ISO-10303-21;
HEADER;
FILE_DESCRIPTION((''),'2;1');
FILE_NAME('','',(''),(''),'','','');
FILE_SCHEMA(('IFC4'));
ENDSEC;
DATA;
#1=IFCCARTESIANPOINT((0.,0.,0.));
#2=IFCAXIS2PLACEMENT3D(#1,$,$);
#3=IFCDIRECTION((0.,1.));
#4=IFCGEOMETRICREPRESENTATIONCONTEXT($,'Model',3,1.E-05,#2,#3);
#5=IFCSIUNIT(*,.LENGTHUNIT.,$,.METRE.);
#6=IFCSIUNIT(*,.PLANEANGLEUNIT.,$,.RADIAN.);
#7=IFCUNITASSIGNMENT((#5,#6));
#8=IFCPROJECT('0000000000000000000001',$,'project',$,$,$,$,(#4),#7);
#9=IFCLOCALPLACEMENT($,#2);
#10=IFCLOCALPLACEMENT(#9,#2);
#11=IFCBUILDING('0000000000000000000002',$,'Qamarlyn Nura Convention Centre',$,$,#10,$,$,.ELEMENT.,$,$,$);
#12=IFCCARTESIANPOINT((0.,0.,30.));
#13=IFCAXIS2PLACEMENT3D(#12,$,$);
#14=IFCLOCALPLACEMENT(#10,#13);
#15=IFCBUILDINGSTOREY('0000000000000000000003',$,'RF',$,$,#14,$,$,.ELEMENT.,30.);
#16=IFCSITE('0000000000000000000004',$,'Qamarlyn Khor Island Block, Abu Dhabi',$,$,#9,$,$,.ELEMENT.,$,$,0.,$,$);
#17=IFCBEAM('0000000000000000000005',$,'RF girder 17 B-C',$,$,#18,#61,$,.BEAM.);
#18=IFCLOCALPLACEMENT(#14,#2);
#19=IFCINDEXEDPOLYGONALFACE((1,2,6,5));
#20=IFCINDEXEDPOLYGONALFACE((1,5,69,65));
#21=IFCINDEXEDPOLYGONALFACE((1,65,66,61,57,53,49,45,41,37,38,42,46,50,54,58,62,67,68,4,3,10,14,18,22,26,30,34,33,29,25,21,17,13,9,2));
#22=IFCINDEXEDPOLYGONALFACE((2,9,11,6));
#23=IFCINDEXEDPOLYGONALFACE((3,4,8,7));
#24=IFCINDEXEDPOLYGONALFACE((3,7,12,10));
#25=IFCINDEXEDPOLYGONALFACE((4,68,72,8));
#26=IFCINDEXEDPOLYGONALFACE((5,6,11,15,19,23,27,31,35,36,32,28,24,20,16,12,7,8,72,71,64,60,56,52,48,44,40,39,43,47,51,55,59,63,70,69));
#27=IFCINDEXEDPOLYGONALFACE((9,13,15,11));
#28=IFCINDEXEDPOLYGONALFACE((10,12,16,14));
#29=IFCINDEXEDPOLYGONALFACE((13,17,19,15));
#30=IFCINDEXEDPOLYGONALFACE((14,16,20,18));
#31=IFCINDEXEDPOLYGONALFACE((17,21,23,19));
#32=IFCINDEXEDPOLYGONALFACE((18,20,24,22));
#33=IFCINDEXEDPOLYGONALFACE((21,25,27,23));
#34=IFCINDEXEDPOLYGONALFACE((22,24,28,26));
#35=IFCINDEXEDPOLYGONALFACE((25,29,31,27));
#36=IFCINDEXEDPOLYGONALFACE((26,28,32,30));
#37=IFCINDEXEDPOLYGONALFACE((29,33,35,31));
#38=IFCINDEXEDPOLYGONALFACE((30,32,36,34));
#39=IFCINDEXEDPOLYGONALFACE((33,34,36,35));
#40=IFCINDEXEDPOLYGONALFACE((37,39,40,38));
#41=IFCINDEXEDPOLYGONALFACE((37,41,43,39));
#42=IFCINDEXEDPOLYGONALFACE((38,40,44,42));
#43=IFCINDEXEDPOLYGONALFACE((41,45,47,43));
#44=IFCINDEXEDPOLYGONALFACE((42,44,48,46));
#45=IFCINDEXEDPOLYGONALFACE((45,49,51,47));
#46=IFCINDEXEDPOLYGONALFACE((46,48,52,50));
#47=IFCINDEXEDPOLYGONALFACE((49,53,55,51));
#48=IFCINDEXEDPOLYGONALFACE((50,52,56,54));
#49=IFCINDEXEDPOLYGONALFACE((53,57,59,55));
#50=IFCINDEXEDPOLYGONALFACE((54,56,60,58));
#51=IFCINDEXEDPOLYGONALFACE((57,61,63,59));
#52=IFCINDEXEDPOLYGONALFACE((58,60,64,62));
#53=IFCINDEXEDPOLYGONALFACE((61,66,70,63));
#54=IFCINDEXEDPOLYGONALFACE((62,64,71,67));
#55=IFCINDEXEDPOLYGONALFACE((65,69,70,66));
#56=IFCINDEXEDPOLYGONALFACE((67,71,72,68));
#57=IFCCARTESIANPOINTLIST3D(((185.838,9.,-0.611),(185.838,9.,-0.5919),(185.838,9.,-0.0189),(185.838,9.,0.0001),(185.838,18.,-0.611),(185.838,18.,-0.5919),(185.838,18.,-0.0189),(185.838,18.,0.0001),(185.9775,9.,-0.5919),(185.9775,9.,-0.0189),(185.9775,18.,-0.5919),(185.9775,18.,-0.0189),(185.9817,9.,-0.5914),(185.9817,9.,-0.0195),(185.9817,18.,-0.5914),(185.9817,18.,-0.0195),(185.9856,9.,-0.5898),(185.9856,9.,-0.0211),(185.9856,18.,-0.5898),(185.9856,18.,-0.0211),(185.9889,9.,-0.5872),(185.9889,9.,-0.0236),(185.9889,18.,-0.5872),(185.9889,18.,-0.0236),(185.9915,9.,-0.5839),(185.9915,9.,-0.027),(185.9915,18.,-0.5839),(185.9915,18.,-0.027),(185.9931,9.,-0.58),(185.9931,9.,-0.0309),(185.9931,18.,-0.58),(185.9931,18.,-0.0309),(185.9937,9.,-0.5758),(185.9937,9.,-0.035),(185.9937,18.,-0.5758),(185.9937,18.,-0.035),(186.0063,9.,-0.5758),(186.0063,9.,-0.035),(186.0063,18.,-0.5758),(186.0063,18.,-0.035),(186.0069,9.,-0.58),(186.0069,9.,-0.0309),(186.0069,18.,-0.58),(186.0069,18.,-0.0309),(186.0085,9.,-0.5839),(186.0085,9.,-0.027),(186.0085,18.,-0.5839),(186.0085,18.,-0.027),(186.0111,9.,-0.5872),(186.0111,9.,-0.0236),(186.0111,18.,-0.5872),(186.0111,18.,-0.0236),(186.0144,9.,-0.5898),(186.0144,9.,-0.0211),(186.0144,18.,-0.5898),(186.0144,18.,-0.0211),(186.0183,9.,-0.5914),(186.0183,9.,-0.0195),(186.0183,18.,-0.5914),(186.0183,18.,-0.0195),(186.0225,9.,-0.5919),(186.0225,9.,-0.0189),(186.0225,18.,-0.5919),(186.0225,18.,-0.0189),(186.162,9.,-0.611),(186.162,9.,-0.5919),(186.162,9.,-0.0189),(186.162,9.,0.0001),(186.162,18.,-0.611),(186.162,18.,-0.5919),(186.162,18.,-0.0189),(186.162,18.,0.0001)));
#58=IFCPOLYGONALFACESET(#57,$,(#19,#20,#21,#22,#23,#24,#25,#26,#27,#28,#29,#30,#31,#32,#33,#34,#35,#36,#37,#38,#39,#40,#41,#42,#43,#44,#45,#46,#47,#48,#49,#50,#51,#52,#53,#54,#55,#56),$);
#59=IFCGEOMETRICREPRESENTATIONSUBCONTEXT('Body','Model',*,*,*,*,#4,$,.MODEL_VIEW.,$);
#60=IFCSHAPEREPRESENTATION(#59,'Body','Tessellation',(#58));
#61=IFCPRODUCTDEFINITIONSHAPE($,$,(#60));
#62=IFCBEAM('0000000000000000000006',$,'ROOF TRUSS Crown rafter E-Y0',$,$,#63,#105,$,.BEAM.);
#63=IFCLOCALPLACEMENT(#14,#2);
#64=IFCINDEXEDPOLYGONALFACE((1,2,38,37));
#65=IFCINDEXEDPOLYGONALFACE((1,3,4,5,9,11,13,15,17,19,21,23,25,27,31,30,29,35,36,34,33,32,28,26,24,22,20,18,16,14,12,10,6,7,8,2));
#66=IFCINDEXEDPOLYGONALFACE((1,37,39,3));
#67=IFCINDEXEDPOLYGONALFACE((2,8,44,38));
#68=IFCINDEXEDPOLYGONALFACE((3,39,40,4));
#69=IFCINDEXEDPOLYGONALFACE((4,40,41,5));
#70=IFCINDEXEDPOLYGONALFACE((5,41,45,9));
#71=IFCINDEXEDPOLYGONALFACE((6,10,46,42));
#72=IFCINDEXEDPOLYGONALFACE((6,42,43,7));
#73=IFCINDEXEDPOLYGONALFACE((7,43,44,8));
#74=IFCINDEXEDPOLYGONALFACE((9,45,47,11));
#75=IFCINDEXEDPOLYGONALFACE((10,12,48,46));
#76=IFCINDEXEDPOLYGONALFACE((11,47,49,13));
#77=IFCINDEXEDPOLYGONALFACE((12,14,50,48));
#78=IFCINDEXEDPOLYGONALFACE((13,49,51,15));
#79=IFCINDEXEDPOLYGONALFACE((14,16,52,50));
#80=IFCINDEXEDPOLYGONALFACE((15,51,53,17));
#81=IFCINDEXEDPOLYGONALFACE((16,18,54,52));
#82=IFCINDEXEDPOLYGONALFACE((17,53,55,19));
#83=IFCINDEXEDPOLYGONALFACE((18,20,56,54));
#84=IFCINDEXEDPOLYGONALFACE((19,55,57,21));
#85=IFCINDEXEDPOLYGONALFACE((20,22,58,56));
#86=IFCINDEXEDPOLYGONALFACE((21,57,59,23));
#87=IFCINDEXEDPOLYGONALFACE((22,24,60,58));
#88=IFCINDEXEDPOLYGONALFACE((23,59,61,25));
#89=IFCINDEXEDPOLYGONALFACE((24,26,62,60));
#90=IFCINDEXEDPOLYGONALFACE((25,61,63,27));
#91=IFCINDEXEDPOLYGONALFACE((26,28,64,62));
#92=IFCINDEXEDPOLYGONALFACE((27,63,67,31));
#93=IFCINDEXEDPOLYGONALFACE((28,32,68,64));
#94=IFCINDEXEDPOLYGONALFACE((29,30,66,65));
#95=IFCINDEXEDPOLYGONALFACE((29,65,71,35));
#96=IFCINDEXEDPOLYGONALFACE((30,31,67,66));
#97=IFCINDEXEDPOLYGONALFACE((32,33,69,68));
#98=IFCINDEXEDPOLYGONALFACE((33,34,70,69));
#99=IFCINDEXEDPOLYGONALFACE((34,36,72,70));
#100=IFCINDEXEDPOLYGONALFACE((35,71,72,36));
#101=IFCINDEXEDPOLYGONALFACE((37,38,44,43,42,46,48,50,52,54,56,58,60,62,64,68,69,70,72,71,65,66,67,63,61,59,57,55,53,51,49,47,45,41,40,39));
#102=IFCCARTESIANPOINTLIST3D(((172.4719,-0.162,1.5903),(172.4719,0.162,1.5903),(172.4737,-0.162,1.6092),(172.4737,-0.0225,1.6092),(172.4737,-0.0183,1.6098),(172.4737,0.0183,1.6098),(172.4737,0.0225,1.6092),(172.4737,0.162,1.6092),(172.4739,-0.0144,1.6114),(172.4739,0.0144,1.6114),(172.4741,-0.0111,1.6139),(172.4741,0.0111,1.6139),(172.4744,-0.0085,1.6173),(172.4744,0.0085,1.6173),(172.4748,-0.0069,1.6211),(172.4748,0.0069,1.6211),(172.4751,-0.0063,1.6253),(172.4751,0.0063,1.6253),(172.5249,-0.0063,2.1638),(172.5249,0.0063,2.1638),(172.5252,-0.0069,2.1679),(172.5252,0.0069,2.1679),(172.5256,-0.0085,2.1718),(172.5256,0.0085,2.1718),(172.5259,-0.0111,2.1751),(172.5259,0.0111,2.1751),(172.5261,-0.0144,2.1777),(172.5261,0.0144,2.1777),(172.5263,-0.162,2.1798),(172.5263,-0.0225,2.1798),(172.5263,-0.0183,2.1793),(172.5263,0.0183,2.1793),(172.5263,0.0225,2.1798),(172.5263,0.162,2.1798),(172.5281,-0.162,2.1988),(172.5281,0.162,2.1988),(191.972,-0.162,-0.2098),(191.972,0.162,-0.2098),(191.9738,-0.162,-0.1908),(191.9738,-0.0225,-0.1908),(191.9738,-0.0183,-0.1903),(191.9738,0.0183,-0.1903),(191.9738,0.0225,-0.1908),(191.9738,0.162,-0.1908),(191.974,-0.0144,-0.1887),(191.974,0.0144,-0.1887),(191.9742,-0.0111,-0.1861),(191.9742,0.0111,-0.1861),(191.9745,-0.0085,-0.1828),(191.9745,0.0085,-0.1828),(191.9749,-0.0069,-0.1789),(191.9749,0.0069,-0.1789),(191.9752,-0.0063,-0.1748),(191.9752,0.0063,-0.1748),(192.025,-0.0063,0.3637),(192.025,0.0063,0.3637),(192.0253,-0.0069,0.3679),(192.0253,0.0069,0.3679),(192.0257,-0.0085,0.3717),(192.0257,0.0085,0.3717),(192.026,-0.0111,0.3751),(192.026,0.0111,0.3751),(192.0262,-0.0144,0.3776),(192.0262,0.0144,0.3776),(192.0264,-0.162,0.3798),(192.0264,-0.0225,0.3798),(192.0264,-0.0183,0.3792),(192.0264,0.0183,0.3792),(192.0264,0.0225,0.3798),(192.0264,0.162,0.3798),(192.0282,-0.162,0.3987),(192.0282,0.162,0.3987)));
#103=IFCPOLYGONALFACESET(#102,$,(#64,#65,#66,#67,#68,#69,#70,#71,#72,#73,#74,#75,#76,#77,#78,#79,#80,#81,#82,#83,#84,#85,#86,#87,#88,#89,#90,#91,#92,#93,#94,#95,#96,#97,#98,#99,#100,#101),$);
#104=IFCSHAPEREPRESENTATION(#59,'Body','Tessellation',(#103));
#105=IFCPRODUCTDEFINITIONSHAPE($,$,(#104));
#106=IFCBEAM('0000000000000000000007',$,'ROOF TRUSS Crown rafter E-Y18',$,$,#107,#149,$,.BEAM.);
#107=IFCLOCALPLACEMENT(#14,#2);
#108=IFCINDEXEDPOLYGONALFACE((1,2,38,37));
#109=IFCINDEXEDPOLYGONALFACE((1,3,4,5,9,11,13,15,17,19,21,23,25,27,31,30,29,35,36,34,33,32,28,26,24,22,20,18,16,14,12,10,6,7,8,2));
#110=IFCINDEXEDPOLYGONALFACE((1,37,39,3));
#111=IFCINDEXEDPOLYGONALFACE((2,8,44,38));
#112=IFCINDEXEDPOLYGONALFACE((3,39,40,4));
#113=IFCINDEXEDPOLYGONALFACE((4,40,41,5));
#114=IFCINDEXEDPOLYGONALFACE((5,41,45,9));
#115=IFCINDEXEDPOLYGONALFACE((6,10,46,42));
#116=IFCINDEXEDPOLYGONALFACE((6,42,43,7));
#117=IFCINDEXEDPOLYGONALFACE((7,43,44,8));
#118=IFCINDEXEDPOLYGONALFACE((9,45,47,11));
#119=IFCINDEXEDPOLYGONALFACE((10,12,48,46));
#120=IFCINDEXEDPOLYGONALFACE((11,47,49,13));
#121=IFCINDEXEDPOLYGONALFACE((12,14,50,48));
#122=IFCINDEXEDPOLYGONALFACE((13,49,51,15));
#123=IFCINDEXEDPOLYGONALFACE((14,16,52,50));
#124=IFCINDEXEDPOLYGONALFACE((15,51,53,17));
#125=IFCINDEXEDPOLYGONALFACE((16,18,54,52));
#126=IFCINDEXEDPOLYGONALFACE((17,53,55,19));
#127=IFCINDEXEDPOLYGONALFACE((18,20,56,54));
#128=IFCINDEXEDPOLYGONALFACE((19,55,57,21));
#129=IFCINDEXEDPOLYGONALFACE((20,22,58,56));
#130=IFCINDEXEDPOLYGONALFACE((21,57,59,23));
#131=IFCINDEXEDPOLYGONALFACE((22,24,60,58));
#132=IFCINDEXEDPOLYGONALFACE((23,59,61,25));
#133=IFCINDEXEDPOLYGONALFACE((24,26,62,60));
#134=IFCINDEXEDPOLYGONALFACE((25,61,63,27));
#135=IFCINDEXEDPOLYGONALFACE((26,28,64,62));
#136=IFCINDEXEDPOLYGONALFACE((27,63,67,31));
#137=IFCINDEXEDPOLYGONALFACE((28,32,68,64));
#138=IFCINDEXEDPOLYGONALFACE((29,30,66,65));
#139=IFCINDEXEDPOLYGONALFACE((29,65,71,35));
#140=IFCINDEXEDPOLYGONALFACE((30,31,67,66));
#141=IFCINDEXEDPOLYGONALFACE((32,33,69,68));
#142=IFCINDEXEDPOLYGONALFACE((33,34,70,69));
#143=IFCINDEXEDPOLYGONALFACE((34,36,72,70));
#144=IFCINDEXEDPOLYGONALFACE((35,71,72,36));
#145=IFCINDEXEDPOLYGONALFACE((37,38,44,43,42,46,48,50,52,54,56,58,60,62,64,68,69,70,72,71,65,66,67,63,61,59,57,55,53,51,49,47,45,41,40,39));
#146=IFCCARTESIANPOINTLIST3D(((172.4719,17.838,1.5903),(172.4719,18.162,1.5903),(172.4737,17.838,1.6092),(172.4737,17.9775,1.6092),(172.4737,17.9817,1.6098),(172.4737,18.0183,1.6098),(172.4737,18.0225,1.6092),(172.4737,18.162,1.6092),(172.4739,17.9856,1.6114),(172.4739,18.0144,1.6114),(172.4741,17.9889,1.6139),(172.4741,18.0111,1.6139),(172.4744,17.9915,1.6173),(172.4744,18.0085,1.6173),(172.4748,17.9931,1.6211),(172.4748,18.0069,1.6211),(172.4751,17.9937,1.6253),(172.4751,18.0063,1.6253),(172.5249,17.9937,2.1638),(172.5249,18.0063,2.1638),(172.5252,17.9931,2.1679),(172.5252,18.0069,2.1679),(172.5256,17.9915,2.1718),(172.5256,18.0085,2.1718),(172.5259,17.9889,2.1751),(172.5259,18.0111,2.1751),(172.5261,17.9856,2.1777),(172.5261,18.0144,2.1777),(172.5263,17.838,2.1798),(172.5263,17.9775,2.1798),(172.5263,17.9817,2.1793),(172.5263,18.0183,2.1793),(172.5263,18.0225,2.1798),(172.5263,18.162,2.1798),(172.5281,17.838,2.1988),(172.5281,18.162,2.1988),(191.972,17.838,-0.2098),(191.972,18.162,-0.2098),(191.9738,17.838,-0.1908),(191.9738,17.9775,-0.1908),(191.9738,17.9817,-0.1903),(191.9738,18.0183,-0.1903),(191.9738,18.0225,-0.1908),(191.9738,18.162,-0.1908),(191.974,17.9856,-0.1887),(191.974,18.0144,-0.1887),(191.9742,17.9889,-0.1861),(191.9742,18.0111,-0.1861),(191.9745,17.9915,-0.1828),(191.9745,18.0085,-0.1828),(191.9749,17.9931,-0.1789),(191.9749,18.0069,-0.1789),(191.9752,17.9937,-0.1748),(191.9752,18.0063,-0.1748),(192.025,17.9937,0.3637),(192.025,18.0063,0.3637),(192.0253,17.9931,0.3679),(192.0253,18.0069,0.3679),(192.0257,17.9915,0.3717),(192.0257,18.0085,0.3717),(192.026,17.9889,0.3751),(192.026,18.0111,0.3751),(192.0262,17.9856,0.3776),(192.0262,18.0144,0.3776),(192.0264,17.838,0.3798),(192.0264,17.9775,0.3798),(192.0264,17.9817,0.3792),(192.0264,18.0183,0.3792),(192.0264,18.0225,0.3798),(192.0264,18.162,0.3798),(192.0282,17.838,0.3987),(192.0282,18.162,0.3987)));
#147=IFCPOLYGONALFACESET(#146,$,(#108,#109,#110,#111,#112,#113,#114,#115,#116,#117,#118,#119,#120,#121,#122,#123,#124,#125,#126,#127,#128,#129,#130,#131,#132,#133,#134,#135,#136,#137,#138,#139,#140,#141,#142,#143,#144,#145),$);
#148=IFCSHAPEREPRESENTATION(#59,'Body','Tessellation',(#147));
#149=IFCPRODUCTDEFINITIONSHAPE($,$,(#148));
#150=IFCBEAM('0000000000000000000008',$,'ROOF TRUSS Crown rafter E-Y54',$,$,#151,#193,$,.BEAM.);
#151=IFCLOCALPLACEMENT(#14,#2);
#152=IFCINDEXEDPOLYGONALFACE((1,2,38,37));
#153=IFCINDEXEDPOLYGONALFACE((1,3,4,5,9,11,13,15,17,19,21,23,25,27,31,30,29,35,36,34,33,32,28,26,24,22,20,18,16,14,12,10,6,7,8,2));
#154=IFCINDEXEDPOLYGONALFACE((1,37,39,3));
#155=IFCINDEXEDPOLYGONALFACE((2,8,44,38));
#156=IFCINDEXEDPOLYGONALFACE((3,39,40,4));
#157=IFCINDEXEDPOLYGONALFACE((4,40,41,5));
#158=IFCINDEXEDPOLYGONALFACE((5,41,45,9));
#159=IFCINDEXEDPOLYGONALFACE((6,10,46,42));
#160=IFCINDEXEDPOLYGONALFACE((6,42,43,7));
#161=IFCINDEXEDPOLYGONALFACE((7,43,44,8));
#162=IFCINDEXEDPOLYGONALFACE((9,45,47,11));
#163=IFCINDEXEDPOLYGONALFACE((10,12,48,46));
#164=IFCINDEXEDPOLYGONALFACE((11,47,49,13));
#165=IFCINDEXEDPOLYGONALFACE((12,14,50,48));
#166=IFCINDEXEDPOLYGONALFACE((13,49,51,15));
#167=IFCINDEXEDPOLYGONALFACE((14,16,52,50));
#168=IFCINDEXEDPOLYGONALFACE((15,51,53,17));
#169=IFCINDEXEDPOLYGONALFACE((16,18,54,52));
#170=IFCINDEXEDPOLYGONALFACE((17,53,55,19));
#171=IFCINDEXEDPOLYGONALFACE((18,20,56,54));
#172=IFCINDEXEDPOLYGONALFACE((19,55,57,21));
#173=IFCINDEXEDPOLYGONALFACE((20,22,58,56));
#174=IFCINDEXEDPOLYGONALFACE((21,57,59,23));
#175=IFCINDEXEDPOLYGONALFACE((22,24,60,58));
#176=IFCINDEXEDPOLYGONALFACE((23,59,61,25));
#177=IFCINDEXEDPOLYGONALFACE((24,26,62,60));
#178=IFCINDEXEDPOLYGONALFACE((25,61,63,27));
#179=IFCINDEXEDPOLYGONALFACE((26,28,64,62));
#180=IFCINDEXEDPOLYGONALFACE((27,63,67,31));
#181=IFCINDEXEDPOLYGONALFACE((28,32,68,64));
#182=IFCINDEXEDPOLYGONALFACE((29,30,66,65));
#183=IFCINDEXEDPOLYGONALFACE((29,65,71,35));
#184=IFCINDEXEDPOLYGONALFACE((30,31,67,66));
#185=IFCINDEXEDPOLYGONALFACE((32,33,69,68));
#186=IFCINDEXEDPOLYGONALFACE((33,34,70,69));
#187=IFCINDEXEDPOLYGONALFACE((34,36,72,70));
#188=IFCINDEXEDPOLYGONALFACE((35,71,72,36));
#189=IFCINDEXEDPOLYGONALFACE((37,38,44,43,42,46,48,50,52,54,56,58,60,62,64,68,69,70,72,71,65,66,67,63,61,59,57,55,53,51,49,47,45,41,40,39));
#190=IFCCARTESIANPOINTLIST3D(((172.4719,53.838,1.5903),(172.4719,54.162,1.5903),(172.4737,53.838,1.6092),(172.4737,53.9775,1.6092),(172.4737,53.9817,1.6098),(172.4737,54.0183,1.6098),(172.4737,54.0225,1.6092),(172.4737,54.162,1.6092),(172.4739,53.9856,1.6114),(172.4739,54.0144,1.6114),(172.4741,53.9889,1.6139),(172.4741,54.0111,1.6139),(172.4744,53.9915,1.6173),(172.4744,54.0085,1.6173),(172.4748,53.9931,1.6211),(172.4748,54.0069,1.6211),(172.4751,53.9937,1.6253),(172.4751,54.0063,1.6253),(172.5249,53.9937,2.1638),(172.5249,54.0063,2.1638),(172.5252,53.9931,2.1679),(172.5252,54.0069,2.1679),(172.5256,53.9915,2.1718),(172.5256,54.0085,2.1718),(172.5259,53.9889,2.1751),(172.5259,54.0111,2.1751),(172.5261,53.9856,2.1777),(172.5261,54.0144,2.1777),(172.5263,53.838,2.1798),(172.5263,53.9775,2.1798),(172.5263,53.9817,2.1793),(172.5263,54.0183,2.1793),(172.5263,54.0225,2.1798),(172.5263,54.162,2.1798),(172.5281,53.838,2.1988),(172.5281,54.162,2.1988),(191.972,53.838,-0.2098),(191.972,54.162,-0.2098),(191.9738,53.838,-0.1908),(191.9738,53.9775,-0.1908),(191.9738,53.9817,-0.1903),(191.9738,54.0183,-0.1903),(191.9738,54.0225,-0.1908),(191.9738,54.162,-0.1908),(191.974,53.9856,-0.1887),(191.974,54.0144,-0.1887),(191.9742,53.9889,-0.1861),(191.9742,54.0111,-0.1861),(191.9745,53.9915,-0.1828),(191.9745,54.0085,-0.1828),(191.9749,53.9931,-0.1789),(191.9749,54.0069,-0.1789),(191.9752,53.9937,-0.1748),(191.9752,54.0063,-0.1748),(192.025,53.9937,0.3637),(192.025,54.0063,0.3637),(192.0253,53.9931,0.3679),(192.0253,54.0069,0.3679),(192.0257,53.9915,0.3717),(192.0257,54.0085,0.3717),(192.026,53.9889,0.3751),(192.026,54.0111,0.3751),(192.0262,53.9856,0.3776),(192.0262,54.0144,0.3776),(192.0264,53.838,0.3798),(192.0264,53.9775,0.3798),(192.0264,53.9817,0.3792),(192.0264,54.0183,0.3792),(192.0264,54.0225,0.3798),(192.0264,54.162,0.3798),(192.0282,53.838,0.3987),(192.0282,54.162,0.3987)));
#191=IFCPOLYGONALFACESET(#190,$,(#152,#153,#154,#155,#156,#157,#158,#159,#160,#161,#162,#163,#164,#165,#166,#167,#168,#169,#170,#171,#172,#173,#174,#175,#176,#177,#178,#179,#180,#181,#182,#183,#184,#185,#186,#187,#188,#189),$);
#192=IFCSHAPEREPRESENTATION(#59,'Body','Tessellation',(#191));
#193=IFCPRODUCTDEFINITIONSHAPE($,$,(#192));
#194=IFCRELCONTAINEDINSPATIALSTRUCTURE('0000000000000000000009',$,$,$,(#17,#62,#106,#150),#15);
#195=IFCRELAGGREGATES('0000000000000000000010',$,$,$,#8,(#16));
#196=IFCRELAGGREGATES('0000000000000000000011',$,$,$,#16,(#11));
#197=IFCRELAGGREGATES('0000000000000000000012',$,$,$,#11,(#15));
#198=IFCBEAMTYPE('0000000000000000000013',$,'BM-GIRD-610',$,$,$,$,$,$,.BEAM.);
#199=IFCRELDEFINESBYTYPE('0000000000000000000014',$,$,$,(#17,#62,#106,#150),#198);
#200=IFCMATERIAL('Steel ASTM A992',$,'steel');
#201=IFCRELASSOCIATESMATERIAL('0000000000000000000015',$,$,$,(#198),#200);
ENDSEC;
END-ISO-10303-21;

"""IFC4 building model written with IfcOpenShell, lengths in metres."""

from ifc_helpers import new_model, si_unit, direction, frame, origin, origin_2d, place, context, subcontext, project, spatial, i_section, extrude, material, material_profile, profile_set, type_object, element, save


model = new_model("IFC4")

# Units and contexts
model_context = context("Model", 3, precision=1e-05, world=origin(), true_north=direction((0.0, 1.0)))
body_context = subcontext(model_context, "Body", "Model", "MODEL_VIEW")
ifc_project = project(units=[si_unit("LENGTHUNIT", "METRE"), si_unit("PLANEANGLEUNIT", "RADIAN")], contexts=[model_context])

# Site, building, storey
site_placement = place(None, origin())
site = spatial("IfcSite", under=ifc_project, at=site_placement, Name="Qamarlyn Khor Island Block, Abu Dhabi", CompositionType="ELEMENT", RefElevation=0.0)
building_placement = place(site_placement, origin())
building = spatial("IfcBuilding", under=site, at=building_placement, Name="Qamarlyn Nura Convention Centre", CompositionType="ELEMENT")
storey_placement = place(building_placement, frame((0.0, 0.0, 30.0)))
storey = spatial("IfcBuildingStorey", under=building, at=storey_placement, Name="RF", CompositionType="ELEMENT", Elevation=30.0)

# Beams
ifc_material_1 = material(Name="Steel ASTM A992", Category="steel")
ifc_material_profile_1 = material_profile(ifc_material_1, i_section(OverallWidth=0.324, OverallDepth=0.6111, WebThickness=0.0127, FlangeThickness=0.019, FilletRadius=0.0161, at=origin_2d()), Name="W610X155")
ifc_profile_set_1 = profile_set([ifc_material_profile_1], Name="Steel ASTM A992")
beam_type_1 = type_object("IfcBeamType", Name="BM-GIRD-610", PredefinedType="BEAM", material=ifc_profile_set_1)
for number, where, z_axis, x_axis, name in (
    (1, (186.0, 9.0, -0.3054), (0.0, 1.0, 0.0), (-1.0, 0.0, 0.0), "RF girder 17 B-C"),
):
    element("IfcBeam", number, at=place(storey_placement, frame(where, z_axis=z_axis, x_axis=x_axis)), inside=storey, type_object=beam_type_1, Name=name, PredefinedType="BEAM", context=body_context, shape_type="SweptSolid", body=[
        extrude(i_section(OverallWidth=0.324, OverallDepth=0.6111, WebThickness=0.0127, FlangeThickness=0.019, FilletRadius=0.0161, at=origin_2d()), origin(), (0.0, 0.0, 1.0), 9.0),
    ])
for number, where, z_axis, x_axis, name in (
    (2, (172.5, 0.0, 1.8945), (0.995766, 0.0, -0.091919), (0.0, 1.0, 0.0), "ROOF TRUSS Crown rafter E-Y0"),
    (3, (172.5, 18.0, 1.8945), (0.995766, 0.0, -0.091919), (0.0, 1.0, 0.0), "ROOF TRUSS Crown rafter E-Y18"),
    (4, (172.5, 54.0, 1.8945), (0.995766, 0.0, -0.091919), (0.0, 1.0, 0.0), "ROOF TRUSS Crown rafter E-Y54"),
):
    element("IfcBeam", number, at=place(storey_placement, frame(where, z_axis=z_axis, x_axis=x_axis)), inside=storey, type_object=beam_type_1, Name=name, PredefinedType="BEAM", context=body_context, shape_type="SweptSolid", body=[
        extrude(i_section(OverallWidth=0.324, OverallDepth=0.6111, WebThickness=0.0127, FlangeThickness=0.019, FilletRadius=0.0161, at=origin_2d()), origin(), (0.0, 0.0, 1.0), 19.583),
    ])

save(model, "model.ifc")
